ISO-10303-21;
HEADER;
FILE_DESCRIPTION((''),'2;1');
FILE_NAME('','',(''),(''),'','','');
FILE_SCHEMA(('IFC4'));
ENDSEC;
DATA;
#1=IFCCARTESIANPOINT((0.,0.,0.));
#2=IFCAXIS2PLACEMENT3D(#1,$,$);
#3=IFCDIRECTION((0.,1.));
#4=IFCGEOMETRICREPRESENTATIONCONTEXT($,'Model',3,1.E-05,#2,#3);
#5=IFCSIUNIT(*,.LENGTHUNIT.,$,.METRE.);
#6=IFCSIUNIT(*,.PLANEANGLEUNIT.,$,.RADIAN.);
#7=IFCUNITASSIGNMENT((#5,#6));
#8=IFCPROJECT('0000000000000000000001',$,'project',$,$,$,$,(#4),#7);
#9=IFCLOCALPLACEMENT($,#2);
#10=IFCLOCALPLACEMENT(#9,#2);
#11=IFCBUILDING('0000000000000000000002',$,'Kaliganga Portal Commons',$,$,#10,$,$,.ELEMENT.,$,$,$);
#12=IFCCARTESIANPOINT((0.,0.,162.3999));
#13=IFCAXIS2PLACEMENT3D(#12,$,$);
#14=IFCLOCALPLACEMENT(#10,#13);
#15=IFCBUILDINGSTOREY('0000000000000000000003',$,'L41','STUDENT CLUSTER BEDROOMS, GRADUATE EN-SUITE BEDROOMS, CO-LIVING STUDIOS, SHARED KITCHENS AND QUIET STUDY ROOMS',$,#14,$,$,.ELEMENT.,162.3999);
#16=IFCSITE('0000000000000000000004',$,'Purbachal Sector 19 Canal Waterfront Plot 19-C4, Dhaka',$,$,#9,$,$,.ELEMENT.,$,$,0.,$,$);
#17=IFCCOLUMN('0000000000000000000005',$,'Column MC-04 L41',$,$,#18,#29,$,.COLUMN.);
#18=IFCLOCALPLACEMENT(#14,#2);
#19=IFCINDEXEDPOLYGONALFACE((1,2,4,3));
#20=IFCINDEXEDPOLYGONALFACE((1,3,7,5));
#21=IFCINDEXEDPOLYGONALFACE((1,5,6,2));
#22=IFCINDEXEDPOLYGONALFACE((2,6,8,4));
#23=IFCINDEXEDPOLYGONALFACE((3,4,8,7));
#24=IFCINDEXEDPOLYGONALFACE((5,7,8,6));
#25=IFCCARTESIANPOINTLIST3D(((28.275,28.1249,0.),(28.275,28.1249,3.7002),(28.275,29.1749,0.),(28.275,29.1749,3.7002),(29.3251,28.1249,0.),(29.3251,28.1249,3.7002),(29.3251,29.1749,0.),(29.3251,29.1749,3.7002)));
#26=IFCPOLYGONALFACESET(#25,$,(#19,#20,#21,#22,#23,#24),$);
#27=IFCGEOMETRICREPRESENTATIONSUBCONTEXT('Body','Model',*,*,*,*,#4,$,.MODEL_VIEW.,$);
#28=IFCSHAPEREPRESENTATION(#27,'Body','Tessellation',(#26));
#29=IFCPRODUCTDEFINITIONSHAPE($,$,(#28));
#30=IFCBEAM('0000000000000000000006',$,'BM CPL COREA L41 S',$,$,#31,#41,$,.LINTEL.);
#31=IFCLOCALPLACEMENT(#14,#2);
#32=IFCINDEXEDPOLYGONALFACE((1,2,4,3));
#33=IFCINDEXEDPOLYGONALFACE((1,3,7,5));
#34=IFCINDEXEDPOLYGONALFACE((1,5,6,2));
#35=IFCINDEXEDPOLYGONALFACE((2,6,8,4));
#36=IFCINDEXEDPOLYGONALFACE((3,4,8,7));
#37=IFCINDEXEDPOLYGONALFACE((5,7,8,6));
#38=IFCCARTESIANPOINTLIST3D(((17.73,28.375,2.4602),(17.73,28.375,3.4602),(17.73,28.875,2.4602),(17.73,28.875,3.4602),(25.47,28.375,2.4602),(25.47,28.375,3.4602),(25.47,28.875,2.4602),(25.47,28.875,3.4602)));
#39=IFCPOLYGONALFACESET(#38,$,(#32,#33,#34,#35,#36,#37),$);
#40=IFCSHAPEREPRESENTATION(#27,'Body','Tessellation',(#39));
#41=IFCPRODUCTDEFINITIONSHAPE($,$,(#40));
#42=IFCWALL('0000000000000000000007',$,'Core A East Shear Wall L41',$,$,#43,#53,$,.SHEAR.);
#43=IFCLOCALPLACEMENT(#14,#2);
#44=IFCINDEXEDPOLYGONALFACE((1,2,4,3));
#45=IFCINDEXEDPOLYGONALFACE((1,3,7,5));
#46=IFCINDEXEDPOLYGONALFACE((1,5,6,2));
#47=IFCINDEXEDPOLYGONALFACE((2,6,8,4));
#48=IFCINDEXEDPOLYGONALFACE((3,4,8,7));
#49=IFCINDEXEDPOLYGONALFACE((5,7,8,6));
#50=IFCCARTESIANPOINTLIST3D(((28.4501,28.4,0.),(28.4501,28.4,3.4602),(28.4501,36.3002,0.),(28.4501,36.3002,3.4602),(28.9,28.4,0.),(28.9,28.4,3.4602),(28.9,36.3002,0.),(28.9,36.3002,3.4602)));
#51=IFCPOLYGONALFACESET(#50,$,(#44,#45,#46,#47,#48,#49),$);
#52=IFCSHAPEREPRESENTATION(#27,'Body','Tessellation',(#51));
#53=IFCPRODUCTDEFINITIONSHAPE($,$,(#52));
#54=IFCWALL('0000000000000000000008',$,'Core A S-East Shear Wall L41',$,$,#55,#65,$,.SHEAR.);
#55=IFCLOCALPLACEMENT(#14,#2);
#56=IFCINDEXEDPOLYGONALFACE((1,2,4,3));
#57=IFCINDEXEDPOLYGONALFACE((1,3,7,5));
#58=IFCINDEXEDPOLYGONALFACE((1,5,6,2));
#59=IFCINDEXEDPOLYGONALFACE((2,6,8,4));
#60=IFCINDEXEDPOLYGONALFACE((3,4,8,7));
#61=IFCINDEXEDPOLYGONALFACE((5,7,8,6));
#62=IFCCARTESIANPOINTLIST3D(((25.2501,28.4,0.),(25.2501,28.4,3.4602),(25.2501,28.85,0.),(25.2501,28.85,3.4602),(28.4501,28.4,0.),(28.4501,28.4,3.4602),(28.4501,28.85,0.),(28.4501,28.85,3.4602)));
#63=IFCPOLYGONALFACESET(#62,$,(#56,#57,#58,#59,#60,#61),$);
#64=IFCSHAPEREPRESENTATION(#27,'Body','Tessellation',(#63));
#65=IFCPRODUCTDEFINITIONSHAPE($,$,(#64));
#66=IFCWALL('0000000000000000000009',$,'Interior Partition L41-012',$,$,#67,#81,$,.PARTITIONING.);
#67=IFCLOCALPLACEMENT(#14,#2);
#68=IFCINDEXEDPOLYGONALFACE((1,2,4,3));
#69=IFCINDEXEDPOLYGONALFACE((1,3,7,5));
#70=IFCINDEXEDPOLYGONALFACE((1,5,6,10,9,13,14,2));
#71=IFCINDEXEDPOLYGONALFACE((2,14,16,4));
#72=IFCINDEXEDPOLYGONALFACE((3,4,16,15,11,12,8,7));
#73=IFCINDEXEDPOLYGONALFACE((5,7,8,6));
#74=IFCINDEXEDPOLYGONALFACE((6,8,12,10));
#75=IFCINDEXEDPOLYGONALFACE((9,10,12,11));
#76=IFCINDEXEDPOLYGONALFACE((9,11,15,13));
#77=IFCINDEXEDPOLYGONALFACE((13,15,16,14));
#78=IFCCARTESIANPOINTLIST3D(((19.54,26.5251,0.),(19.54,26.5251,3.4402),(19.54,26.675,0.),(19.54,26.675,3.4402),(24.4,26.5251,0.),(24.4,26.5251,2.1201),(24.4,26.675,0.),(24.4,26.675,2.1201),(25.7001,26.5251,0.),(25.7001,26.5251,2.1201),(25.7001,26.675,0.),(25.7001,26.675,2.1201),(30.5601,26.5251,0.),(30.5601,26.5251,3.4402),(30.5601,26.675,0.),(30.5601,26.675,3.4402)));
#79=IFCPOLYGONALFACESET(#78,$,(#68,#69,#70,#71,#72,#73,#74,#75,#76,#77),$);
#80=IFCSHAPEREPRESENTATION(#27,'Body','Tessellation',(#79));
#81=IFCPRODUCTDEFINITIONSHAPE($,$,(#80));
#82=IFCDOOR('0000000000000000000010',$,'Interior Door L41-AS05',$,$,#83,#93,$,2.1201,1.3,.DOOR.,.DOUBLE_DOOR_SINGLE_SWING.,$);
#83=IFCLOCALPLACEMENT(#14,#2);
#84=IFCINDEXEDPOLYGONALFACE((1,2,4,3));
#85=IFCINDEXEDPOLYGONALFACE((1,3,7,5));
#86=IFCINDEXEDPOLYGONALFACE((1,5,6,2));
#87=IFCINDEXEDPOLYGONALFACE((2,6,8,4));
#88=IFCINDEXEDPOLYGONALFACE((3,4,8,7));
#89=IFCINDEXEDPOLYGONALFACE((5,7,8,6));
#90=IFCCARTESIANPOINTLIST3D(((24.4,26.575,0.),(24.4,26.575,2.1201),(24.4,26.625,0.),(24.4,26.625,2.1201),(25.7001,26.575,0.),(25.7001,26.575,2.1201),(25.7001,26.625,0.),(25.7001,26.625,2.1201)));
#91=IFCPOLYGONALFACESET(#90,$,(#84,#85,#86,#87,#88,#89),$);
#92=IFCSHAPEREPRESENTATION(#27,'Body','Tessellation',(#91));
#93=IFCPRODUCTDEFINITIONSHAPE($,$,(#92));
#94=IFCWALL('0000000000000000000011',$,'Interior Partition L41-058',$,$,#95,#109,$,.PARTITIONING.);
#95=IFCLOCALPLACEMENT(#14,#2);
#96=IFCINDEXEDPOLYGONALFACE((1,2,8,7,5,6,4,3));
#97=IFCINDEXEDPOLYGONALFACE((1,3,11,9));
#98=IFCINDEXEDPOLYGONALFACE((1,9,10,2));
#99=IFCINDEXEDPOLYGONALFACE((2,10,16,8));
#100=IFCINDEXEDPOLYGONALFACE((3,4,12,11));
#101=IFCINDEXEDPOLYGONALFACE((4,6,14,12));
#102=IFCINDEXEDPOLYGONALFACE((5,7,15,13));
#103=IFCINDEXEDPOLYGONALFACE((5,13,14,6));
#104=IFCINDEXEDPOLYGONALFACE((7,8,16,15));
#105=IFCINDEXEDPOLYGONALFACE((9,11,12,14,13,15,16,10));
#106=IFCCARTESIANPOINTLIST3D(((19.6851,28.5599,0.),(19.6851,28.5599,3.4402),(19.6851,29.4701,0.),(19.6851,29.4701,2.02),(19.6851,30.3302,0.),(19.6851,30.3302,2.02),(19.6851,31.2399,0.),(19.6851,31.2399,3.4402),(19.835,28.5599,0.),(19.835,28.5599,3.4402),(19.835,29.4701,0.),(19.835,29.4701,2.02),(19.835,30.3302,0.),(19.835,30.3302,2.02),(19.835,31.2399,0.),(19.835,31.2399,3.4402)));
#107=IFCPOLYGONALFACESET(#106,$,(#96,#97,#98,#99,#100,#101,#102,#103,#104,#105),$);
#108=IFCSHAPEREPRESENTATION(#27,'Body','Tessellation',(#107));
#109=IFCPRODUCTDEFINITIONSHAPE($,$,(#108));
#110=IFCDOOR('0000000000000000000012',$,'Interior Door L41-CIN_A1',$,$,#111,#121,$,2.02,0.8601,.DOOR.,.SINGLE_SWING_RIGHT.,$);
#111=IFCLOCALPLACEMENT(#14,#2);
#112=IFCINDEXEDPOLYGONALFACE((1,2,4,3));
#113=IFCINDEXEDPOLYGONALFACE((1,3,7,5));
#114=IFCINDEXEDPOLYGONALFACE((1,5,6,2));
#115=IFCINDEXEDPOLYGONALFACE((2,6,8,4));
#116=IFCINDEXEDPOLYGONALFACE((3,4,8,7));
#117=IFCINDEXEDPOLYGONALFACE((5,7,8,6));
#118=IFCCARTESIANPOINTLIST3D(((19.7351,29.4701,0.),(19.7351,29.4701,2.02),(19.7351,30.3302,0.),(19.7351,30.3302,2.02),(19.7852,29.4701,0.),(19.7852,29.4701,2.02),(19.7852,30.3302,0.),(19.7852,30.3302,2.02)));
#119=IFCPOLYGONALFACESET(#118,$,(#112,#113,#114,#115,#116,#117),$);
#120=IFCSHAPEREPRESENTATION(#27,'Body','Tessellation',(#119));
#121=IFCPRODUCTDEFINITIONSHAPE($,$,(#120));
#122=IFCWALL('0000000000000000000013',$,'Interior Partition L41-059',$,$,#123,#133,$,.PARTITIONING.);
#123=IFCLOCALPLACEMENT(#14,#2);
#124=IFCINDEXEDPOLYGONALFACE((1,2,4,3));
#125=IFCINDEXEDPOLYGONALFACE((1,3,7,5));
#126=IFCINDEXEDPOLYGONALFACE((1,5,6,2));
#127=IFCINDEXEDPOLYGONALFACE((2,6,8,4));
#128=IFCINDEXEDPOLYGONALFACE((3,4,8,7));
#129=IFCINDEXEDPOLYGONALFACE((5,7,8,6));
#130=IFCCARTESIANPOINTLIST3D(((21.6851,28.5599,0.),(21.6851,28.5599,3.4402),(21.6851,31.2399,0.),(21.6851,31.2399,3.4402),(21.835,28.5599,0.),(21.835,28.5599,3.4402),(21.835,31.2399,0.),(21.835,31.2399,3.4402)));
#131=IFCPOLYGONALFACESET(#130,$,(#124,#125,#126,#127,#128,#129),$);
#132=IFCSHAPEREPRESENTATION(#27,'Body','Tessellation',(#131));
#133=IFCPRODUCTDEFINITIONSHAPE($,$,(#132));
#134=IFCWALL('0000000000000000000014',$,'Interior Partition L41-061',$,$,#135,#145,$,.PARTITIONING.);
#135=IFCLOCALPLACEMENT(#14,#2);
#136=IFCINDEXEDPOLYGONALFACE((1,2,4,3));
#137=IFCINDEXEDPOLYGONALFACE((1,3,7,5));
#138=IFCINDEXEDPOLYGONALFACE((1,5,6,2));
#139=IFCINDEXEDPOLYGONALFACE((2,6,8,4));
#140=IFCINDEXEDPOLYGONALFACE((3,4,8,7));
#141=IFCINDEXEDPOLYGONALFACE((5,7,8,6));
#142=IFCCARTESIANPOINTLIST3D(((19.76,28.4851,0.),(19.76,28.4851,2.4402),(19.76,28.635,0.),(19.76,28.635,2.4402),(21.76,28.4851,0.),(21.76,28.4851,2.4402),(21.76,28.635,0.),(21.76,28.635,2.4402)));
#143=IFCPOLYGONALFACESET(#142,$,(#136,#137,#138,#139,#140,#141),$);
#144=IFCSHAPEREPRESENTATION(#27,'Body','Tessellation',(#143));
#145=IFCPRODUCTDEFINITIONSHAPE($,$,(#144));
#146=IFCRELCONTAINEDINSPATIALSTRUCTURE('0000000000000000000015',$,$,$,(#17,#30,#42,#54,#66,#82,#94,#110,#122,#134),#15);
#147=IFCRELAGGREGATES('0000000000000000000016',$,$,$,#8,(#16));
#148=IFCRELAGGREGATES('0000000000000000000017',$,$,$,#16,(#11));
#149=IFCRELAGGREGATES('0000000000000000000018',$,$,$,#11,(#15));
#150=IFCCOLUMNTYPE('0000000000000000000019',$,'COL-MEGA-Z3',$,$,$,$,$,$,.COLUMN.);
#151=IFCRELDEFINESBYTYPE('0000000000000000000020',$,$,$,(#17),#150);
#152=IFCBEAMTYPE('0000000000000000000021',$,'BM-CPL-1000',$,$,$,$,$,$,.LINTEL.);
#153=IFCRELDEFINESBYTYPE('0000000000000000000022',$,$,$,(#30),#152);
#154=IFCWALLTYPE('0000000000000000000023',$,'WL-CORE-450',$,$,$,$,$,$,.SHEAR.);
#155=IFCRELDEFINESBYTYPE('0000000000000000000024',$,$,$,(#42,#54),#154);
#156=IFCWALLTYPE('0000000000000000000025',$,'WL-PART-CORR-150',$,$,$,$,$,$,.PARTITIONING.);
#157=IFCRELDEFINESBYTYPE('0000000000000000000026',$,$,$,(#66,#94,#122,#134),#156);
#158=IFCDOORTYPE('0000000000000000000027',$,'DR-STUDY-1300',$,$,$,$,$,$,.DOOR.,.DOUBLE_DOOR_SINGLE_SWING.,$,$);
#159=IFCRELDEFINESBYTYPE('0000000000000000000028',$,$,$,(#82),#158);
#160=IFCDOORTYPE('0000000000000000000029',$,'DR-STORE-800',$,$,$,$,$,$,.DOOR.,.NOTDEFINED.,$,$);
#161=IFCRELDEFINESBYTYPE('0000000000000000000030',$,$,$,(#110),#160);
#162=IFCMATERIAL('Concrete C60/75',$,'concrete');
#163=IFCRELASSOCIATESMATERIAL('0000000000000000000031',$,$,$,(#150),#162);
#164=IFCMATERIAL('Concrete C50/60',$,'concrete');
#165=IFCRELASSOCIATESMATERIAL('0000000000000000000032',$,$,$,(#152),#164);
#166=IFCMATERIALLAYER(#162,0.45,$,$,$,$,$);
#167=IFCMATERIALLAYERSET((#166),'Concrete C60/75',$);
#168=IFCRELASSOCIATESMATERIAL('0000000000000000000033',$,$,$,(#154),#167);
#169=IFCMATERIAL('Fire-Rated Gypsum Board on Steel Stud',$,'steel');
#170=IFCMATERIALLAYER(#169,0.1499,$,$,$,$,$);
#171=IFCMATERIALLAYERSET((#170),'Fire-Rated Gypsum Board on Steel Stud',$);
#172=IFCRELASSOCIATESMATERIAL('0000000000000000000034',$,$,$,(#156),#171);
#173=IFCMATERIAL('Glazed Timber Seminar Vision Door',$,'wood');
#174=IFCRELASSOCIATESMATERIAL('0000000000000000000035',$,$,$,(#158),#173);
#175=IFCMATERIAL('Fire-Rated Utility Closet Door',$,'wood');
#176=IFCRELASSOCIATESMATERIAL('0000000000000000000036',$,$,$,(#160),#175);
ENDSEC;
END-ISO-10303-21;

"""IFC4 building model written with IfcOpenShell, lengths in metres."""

from ifc_helpers import new_model, si_unit, direction, frame, frame_2d, origin, origin_2d, place, context, subcontext, project, spatial, rectangle, extrude, source, transform, mapped, material, layer, layer_set, material_profile, profile_set, type_object, element, fill, save


model = new_model("IFC4")

# Units and contexts
model_context = context("Model", 3, precision=1e-05, world=origin(), true_north=direction((0.0, 1.0)))
body_context = subcontext(model_context, "Body", "Model", "MODEL_VIEW")
ifc_project = project(units=[si_unit("LENGTHUNIT", "METRE"), si_unit("PLANEANGLEUNIT", "RADIAN")], contexts=[model_context])

# Site, building, storey
site_placement = place(None, origin())
site = spatial("IfcSite", under=ifc_project, at=site_placement, Name="Purbachal Sector 19 Canal Waterfront Plot 19-C4, Dhaka", CompositionType="ELEMENT", RefElevation=0.0)
building_placement = place(site_placement, origin())
building = spatial("IfcBuilding", under=site, at=building_placement, Name="Kaliganga Portal Commons", CompositionType="ELEMENT")
storey_placement = place(building_placement, frame((0.0, 0.0, 162.3999)))
storey = spatial("IfcBuildingStorey", under=building, at=storey_placement, Name="L41", Description="STUDENT CLUSTER BEDROOMS, GRADUATE EN-SUITE BEDROOMS, CO-LIVING STUDIOS, SHARED KITCHENS AND QUIET STUDY ROOMS", CompositionType="ELEMENT", Elevation=162.3999)

# Column
ifc_material_1 = material(Name="Concrete C60/75", Category="concrete")
ifc_material_profile_1 = material_profile(ifc_material_1, rectangle(XDim=1.05, YDim=1.05, at=origin_2d()), Name="RC 1050x1050")
ifc_profile_set_1 = profile_set([ifc_material_profile_1], Name="Concrete C60/75")
column_type = type_object("IfcColumnType", Name="COL-MEGA-Z3", PredefinedType="COLUMN", material=ifc_profile_set_1)
shared_shape_1 = source(origin(), body_context, "Body", "SweptSolid", [
    extrude(rectangle(XDim=1.05, YDim=1.05, at=origin_2d()), origin(), (0.0, 0.0, 1.0), 3.7002),
])
column_placement = place(storey_placement, frame((28.8, 28.6499, 0.0), z_axis=(0.0, 0.0, 1.0), x_axis=(1.0, 0.0, 0.0)))
element("IfcColumn", 1, at=column_placement, inside=storey, type_object=column_type, Name="Column MC-04 L41", PredefinedType="COLUMN", context=body_context, shape_type="MappedRepresentation", body=[
    mapped(shared_shape_1, transform((0.0, 0.0, 0.0), x_axis=(1.0, 0.0, 0.0), y_axis=(0.0, 1.0, 0.0), z_axis=(0.0, 0.0, 1.0), scale=1.0)),
])

# Beam
ifc_material_2 = material(Name="Concrete C50/60", Category="concrete")
ifc_material_profile_2 = material_profile(ifc_material_2, rectangle(XDim=0.5, YDim=1.0, at=origin_2d()), Name="RC 500x1000")
ifc_profile_set_2 = profile_set([ifc_material_profile_2], Name="Concrete C50/60")
beam_type = type_object("IfcBeamType", Name="BM-CPL-1000", PredefinedType="LINTEL", material=ifc_profile_set_2)
shared_shape_2 = source(origin(), body_context, "Body", "SweptSolid", [
    extrude(rectangle(XDim=0.5, YDim=1.0, at=origin_2d()), origin(), (0.0, 0.0, 1.0), 7.74),
])
beam_placement = place(storey_placement, frame((17.73, 28.625, 2.9602), z_axis=(1.0, 0.0, 0.0), x_axis=(0.0, 1.0, 0.0)))
element("IfcBeam", 2, at=beam_placement, inside=storey, type_object=beam_type, Name="BM CPL COREA L41 S", PredefinedType="LINTEL", context=body_context, shape_type="MappedRepresentation", body=[
    mapped(shared_shape_2, transform((0.0, 0.0, 0.0), x_axis=(1.0, 0.0, 0.0), y_axis=(0.0, 1.0, 0.0), z_axis=(0.0, 0.0, 1.0), scale=1.0)),
])

# Walls
ifc_layer_1 = layer(ifc_material_1, 0.45)
ifc_layer_set_1 = layer_set([ifc_layer_1], Name="Concrete C60/75")
wall_type_1 = type_object("IfcWallType", Name="WL-CORE-450", PredefinedType="SHEAR", material=ifc_layer_set_1)
wall_1_placement = place(storey_placement, frame((28.675, 28.3999, 0.0), z_axis=(0.0, 0.0, 1.0), x_axis=(0.0, 1.0, 0.0)))
element("IfcWall", 3, at=wall_1_placement, inside=storey, type_object=wall_type_1, Name="Core A East Shear Wall L41", PredefinedType="SHEAR", context=body_context, shape_type="SweptSolid", body=[
    extrude(rectangle(XDim=7.9001, YDim=0.45, at=frame_2d((3.9502, 0.0))), origin(), (0.0, 0.0, 1.0), 3.4602),
])
wall_2_placement = place(storey_placement, frame((25.25, 28.625, 0.0), z_axis=(0.0, 0.0, 1.0), x_axis=(1.0, 0.0, 0.0)))
element("IfcWall", 4, at=wall_2_placement, inside=storey, type_object=wall_type_1, Name="Core A S-East Shear Wall L41", PredefinedType="SHEAR", context=body_context, shape_type="SweptSolid", body=[
    extrude(rectangle(XDim=3.2, YDim=0.45, at=frame_2d((1.6001, 0.0))), origin(), (0.0, 0.0, 1.0), 3.4602),
])

# Walls, openings, doors
ifc_material_3 = material(Name="Fire-Rated Gypsum Board on Steel Stud", Category="steel")
ifc_layer_2 = layer(ifc_material_3, 0.1499)
ifc_layer_set_2 = layer_set([ifc_layer_2], Name="Fire-Rated Gypsum Board on Steel Stud")
wall_type_2 = type_object("IfcWallType", Name="WL-PART-CORR-150", PredefinedType="PARTITIONING", material=ifc_layer_set_2)
wall_3_placement = place(storey_placement, frame((19.54, 26.6001, 0.0), z_axis=(0.0, 0.0, 1.0), x_axis=(1.0, 0.0, 0.0)))
wall_3 = element("IfcWall", 5, at=wall_3_placement, inside=storey, type_object=wall_type_2, Name="Interior Partition L41-012", PredefinedType="PARTITIONING", context=body_context, shape_type="SweptSolid", body=[
    extrude(rectangle(XDim=11.02, YDim=0.1499, at=frame_2d((5.51, 0.0))), origin(), (0.0, 0.0, 1.0), 3.4402),
])
opening_1_placement = place(wall_3_placement, frame((4.8601, 0.0, 0.0)))
opening_1 = element("IfcOpeningElement", 6, at=opening_1_placement, cuts=wall_3, PredefinedType="OPENING", context=body_context, shape_type="SweptSolid", body=[
    extrude(rectangle(XDim=1.3, YDim=2.1201, at=frame_2d((0.6499, 1.0601))), frame((0.0, 0.085, 0.0), z_axis=(0.0, -1.0, 0.0), x_axis=(1.0, 0.0, 0.0)), (0.0, 0.0, 1.0), 0.1699),
])
ifc_material_4 = material(Name="Glazed Timber Seminar Vision Door", Category="wood")
door_type_1 = type_object("IfcDoorType", Name="DR-STUDY-1300", OperationType="DOUBLE_DOOR_SINGLE_SWING", PredefinedType="DOOR", material=ifc_material_4)
door_1_placement = place(opening_1_placement, origin())
door_1 = element("IfcDoor", 7, at=door_1_placement, inside=storey, type_object=door_type_1, Name="Interior Door L41-AS05", OperationType="DOUBLE_DOOR_SINGLE_SWING", OverallHeight=2.1201, OverallWidth=1.3, PredefinedType="DOOR", context=body_context, shape_type="SweptSolid", body=[
    extrude(rectangle(XDim=1.3, YDim=2.1201, at=frame_2d((0.6499, 1.0601))), frame((0.0, 0.0249, 0.0), z_axis=(0.0, -1.0, 0.0), x_axis=(1.0, 0.0, 0.0)), (0.0, 0.0, 1.0), 0.05),
])
fill(opening_1, door_1)
wall_4_placement = place(storey_placement, frame((19.76, 28.5601, 0.0), z_axis=(0.0, 0.0, 1.0), x_axis=(0.0, 1.0, 0.0)))
wall_4 = element("IfcWall", 8, at=wall_4_placement, inside=storey, type_object=wall_type_2, Name="Interior Partition L41-058", PredefinedType="PARTITIONING", context=body_context, shape_type="SweptSolid", body=[
    extrude(rectangle(XDim=2.6799, YDim=0.1499, at=frame_2d((1.3398, 0.0))), origin(), (0.0, 0.0, 1.0), 3.4402),
])
opening_2_placement = place(wall_4_placement, frame((0.9099, 0.0, 0.0)))
opening_2 = element("IfcOpeningElement", 9, at=opening_2_placement, cuts=wall_4, PredefinedType="OPENING", context=body_context, shape_type="SweptSolid", body=[
    extrude(rectangle(XDim=0.8601, YDim=2.02, at=frame_2d((0.4302, 1.01))), frame((0.0, 0.085, 0.0), z_axis=(0.0, -1.0, 0.0), x_axis=(1.0, 0.0, 0.0)), (0.0, 0.0, 1.0), 0.1699),
])
ifc_material_5 = material(Name="Fire-Rated Utility Closet Door", Category="wood")
door_type_2 = type_object("IfcDoorType", Name="DR-STORE-800", OperationType="NOTDEFINED", PredefinedType="DOOR", material=ifc_material_5)
door_2_placement = place(opening_2_placement, origin())
door_2 = element("IfcDoor", 10, at=door_2_placement, inside=storey, type_object=door_type_2, Name="Interior Door L41-CIN_A1", OperationType="SINGLE_SWING_RIGHT", OverallHeight=2.02, OverallWidth=0.8601, PredefinedType="DOOR", context=body_context, shape_type="SweptSolid", body=[
    extrude(rectangle(XDim=0.8601, YDim=2.02, at=frame_2d((0.4302, 1.01))), frame((0.0, 0.0249, 0.0), z_axis=(0.0, -1.0, 0.0), x_axis=(1.0, 0.0, 0.0)), (0.0, 0.0, 1.0), 0.05),
])
fill(opening_2, door_2)

# Walls
wall_5_placement = place(storey_placement, frame((21.76, 28.5601, 0.0), z_axis=(0.0, 0.0, 1.0), x_axis=(0.0, 1.0, 0.0)))
element("IfcWall", 11, at=wall_5_placement, inside=storey, type_object=wall_type_2, Name="Interior Partition L41-059", PredefinedType="PARTITIONING", context=body_context, shape_type="SweptSolid", body=[
    extrude(rectangle(XDim=2.6799, YDim=0.1499, at=frame_2d((1.3398, 0.0))), origin(), (0.0, 0.0, 1.0), 3.4402),
])
wall_6_placement = place(storey_placement, frame((19.76, 28.5601, 0.0), z_axis=(0.0, 0.0, 1.0), x_axis=(1.0, 0.0, 0.0)))
element("IfcWall", 12, at=wall_6_placement, inside=storey, type_object=wall_type_2, Name="Interior Partition L41-061", PredefinedType="PARTITIONING", context=body_context, shape_type="SweptSolid", body=[
    extrude(rectangle(XDim=2.0, YDim=0.1499, at=frame_2d((1.0, 0.0))), origin(), (0.0, 0.0, 1.0), 2.4402),
])

save(model, "model.ifc")
